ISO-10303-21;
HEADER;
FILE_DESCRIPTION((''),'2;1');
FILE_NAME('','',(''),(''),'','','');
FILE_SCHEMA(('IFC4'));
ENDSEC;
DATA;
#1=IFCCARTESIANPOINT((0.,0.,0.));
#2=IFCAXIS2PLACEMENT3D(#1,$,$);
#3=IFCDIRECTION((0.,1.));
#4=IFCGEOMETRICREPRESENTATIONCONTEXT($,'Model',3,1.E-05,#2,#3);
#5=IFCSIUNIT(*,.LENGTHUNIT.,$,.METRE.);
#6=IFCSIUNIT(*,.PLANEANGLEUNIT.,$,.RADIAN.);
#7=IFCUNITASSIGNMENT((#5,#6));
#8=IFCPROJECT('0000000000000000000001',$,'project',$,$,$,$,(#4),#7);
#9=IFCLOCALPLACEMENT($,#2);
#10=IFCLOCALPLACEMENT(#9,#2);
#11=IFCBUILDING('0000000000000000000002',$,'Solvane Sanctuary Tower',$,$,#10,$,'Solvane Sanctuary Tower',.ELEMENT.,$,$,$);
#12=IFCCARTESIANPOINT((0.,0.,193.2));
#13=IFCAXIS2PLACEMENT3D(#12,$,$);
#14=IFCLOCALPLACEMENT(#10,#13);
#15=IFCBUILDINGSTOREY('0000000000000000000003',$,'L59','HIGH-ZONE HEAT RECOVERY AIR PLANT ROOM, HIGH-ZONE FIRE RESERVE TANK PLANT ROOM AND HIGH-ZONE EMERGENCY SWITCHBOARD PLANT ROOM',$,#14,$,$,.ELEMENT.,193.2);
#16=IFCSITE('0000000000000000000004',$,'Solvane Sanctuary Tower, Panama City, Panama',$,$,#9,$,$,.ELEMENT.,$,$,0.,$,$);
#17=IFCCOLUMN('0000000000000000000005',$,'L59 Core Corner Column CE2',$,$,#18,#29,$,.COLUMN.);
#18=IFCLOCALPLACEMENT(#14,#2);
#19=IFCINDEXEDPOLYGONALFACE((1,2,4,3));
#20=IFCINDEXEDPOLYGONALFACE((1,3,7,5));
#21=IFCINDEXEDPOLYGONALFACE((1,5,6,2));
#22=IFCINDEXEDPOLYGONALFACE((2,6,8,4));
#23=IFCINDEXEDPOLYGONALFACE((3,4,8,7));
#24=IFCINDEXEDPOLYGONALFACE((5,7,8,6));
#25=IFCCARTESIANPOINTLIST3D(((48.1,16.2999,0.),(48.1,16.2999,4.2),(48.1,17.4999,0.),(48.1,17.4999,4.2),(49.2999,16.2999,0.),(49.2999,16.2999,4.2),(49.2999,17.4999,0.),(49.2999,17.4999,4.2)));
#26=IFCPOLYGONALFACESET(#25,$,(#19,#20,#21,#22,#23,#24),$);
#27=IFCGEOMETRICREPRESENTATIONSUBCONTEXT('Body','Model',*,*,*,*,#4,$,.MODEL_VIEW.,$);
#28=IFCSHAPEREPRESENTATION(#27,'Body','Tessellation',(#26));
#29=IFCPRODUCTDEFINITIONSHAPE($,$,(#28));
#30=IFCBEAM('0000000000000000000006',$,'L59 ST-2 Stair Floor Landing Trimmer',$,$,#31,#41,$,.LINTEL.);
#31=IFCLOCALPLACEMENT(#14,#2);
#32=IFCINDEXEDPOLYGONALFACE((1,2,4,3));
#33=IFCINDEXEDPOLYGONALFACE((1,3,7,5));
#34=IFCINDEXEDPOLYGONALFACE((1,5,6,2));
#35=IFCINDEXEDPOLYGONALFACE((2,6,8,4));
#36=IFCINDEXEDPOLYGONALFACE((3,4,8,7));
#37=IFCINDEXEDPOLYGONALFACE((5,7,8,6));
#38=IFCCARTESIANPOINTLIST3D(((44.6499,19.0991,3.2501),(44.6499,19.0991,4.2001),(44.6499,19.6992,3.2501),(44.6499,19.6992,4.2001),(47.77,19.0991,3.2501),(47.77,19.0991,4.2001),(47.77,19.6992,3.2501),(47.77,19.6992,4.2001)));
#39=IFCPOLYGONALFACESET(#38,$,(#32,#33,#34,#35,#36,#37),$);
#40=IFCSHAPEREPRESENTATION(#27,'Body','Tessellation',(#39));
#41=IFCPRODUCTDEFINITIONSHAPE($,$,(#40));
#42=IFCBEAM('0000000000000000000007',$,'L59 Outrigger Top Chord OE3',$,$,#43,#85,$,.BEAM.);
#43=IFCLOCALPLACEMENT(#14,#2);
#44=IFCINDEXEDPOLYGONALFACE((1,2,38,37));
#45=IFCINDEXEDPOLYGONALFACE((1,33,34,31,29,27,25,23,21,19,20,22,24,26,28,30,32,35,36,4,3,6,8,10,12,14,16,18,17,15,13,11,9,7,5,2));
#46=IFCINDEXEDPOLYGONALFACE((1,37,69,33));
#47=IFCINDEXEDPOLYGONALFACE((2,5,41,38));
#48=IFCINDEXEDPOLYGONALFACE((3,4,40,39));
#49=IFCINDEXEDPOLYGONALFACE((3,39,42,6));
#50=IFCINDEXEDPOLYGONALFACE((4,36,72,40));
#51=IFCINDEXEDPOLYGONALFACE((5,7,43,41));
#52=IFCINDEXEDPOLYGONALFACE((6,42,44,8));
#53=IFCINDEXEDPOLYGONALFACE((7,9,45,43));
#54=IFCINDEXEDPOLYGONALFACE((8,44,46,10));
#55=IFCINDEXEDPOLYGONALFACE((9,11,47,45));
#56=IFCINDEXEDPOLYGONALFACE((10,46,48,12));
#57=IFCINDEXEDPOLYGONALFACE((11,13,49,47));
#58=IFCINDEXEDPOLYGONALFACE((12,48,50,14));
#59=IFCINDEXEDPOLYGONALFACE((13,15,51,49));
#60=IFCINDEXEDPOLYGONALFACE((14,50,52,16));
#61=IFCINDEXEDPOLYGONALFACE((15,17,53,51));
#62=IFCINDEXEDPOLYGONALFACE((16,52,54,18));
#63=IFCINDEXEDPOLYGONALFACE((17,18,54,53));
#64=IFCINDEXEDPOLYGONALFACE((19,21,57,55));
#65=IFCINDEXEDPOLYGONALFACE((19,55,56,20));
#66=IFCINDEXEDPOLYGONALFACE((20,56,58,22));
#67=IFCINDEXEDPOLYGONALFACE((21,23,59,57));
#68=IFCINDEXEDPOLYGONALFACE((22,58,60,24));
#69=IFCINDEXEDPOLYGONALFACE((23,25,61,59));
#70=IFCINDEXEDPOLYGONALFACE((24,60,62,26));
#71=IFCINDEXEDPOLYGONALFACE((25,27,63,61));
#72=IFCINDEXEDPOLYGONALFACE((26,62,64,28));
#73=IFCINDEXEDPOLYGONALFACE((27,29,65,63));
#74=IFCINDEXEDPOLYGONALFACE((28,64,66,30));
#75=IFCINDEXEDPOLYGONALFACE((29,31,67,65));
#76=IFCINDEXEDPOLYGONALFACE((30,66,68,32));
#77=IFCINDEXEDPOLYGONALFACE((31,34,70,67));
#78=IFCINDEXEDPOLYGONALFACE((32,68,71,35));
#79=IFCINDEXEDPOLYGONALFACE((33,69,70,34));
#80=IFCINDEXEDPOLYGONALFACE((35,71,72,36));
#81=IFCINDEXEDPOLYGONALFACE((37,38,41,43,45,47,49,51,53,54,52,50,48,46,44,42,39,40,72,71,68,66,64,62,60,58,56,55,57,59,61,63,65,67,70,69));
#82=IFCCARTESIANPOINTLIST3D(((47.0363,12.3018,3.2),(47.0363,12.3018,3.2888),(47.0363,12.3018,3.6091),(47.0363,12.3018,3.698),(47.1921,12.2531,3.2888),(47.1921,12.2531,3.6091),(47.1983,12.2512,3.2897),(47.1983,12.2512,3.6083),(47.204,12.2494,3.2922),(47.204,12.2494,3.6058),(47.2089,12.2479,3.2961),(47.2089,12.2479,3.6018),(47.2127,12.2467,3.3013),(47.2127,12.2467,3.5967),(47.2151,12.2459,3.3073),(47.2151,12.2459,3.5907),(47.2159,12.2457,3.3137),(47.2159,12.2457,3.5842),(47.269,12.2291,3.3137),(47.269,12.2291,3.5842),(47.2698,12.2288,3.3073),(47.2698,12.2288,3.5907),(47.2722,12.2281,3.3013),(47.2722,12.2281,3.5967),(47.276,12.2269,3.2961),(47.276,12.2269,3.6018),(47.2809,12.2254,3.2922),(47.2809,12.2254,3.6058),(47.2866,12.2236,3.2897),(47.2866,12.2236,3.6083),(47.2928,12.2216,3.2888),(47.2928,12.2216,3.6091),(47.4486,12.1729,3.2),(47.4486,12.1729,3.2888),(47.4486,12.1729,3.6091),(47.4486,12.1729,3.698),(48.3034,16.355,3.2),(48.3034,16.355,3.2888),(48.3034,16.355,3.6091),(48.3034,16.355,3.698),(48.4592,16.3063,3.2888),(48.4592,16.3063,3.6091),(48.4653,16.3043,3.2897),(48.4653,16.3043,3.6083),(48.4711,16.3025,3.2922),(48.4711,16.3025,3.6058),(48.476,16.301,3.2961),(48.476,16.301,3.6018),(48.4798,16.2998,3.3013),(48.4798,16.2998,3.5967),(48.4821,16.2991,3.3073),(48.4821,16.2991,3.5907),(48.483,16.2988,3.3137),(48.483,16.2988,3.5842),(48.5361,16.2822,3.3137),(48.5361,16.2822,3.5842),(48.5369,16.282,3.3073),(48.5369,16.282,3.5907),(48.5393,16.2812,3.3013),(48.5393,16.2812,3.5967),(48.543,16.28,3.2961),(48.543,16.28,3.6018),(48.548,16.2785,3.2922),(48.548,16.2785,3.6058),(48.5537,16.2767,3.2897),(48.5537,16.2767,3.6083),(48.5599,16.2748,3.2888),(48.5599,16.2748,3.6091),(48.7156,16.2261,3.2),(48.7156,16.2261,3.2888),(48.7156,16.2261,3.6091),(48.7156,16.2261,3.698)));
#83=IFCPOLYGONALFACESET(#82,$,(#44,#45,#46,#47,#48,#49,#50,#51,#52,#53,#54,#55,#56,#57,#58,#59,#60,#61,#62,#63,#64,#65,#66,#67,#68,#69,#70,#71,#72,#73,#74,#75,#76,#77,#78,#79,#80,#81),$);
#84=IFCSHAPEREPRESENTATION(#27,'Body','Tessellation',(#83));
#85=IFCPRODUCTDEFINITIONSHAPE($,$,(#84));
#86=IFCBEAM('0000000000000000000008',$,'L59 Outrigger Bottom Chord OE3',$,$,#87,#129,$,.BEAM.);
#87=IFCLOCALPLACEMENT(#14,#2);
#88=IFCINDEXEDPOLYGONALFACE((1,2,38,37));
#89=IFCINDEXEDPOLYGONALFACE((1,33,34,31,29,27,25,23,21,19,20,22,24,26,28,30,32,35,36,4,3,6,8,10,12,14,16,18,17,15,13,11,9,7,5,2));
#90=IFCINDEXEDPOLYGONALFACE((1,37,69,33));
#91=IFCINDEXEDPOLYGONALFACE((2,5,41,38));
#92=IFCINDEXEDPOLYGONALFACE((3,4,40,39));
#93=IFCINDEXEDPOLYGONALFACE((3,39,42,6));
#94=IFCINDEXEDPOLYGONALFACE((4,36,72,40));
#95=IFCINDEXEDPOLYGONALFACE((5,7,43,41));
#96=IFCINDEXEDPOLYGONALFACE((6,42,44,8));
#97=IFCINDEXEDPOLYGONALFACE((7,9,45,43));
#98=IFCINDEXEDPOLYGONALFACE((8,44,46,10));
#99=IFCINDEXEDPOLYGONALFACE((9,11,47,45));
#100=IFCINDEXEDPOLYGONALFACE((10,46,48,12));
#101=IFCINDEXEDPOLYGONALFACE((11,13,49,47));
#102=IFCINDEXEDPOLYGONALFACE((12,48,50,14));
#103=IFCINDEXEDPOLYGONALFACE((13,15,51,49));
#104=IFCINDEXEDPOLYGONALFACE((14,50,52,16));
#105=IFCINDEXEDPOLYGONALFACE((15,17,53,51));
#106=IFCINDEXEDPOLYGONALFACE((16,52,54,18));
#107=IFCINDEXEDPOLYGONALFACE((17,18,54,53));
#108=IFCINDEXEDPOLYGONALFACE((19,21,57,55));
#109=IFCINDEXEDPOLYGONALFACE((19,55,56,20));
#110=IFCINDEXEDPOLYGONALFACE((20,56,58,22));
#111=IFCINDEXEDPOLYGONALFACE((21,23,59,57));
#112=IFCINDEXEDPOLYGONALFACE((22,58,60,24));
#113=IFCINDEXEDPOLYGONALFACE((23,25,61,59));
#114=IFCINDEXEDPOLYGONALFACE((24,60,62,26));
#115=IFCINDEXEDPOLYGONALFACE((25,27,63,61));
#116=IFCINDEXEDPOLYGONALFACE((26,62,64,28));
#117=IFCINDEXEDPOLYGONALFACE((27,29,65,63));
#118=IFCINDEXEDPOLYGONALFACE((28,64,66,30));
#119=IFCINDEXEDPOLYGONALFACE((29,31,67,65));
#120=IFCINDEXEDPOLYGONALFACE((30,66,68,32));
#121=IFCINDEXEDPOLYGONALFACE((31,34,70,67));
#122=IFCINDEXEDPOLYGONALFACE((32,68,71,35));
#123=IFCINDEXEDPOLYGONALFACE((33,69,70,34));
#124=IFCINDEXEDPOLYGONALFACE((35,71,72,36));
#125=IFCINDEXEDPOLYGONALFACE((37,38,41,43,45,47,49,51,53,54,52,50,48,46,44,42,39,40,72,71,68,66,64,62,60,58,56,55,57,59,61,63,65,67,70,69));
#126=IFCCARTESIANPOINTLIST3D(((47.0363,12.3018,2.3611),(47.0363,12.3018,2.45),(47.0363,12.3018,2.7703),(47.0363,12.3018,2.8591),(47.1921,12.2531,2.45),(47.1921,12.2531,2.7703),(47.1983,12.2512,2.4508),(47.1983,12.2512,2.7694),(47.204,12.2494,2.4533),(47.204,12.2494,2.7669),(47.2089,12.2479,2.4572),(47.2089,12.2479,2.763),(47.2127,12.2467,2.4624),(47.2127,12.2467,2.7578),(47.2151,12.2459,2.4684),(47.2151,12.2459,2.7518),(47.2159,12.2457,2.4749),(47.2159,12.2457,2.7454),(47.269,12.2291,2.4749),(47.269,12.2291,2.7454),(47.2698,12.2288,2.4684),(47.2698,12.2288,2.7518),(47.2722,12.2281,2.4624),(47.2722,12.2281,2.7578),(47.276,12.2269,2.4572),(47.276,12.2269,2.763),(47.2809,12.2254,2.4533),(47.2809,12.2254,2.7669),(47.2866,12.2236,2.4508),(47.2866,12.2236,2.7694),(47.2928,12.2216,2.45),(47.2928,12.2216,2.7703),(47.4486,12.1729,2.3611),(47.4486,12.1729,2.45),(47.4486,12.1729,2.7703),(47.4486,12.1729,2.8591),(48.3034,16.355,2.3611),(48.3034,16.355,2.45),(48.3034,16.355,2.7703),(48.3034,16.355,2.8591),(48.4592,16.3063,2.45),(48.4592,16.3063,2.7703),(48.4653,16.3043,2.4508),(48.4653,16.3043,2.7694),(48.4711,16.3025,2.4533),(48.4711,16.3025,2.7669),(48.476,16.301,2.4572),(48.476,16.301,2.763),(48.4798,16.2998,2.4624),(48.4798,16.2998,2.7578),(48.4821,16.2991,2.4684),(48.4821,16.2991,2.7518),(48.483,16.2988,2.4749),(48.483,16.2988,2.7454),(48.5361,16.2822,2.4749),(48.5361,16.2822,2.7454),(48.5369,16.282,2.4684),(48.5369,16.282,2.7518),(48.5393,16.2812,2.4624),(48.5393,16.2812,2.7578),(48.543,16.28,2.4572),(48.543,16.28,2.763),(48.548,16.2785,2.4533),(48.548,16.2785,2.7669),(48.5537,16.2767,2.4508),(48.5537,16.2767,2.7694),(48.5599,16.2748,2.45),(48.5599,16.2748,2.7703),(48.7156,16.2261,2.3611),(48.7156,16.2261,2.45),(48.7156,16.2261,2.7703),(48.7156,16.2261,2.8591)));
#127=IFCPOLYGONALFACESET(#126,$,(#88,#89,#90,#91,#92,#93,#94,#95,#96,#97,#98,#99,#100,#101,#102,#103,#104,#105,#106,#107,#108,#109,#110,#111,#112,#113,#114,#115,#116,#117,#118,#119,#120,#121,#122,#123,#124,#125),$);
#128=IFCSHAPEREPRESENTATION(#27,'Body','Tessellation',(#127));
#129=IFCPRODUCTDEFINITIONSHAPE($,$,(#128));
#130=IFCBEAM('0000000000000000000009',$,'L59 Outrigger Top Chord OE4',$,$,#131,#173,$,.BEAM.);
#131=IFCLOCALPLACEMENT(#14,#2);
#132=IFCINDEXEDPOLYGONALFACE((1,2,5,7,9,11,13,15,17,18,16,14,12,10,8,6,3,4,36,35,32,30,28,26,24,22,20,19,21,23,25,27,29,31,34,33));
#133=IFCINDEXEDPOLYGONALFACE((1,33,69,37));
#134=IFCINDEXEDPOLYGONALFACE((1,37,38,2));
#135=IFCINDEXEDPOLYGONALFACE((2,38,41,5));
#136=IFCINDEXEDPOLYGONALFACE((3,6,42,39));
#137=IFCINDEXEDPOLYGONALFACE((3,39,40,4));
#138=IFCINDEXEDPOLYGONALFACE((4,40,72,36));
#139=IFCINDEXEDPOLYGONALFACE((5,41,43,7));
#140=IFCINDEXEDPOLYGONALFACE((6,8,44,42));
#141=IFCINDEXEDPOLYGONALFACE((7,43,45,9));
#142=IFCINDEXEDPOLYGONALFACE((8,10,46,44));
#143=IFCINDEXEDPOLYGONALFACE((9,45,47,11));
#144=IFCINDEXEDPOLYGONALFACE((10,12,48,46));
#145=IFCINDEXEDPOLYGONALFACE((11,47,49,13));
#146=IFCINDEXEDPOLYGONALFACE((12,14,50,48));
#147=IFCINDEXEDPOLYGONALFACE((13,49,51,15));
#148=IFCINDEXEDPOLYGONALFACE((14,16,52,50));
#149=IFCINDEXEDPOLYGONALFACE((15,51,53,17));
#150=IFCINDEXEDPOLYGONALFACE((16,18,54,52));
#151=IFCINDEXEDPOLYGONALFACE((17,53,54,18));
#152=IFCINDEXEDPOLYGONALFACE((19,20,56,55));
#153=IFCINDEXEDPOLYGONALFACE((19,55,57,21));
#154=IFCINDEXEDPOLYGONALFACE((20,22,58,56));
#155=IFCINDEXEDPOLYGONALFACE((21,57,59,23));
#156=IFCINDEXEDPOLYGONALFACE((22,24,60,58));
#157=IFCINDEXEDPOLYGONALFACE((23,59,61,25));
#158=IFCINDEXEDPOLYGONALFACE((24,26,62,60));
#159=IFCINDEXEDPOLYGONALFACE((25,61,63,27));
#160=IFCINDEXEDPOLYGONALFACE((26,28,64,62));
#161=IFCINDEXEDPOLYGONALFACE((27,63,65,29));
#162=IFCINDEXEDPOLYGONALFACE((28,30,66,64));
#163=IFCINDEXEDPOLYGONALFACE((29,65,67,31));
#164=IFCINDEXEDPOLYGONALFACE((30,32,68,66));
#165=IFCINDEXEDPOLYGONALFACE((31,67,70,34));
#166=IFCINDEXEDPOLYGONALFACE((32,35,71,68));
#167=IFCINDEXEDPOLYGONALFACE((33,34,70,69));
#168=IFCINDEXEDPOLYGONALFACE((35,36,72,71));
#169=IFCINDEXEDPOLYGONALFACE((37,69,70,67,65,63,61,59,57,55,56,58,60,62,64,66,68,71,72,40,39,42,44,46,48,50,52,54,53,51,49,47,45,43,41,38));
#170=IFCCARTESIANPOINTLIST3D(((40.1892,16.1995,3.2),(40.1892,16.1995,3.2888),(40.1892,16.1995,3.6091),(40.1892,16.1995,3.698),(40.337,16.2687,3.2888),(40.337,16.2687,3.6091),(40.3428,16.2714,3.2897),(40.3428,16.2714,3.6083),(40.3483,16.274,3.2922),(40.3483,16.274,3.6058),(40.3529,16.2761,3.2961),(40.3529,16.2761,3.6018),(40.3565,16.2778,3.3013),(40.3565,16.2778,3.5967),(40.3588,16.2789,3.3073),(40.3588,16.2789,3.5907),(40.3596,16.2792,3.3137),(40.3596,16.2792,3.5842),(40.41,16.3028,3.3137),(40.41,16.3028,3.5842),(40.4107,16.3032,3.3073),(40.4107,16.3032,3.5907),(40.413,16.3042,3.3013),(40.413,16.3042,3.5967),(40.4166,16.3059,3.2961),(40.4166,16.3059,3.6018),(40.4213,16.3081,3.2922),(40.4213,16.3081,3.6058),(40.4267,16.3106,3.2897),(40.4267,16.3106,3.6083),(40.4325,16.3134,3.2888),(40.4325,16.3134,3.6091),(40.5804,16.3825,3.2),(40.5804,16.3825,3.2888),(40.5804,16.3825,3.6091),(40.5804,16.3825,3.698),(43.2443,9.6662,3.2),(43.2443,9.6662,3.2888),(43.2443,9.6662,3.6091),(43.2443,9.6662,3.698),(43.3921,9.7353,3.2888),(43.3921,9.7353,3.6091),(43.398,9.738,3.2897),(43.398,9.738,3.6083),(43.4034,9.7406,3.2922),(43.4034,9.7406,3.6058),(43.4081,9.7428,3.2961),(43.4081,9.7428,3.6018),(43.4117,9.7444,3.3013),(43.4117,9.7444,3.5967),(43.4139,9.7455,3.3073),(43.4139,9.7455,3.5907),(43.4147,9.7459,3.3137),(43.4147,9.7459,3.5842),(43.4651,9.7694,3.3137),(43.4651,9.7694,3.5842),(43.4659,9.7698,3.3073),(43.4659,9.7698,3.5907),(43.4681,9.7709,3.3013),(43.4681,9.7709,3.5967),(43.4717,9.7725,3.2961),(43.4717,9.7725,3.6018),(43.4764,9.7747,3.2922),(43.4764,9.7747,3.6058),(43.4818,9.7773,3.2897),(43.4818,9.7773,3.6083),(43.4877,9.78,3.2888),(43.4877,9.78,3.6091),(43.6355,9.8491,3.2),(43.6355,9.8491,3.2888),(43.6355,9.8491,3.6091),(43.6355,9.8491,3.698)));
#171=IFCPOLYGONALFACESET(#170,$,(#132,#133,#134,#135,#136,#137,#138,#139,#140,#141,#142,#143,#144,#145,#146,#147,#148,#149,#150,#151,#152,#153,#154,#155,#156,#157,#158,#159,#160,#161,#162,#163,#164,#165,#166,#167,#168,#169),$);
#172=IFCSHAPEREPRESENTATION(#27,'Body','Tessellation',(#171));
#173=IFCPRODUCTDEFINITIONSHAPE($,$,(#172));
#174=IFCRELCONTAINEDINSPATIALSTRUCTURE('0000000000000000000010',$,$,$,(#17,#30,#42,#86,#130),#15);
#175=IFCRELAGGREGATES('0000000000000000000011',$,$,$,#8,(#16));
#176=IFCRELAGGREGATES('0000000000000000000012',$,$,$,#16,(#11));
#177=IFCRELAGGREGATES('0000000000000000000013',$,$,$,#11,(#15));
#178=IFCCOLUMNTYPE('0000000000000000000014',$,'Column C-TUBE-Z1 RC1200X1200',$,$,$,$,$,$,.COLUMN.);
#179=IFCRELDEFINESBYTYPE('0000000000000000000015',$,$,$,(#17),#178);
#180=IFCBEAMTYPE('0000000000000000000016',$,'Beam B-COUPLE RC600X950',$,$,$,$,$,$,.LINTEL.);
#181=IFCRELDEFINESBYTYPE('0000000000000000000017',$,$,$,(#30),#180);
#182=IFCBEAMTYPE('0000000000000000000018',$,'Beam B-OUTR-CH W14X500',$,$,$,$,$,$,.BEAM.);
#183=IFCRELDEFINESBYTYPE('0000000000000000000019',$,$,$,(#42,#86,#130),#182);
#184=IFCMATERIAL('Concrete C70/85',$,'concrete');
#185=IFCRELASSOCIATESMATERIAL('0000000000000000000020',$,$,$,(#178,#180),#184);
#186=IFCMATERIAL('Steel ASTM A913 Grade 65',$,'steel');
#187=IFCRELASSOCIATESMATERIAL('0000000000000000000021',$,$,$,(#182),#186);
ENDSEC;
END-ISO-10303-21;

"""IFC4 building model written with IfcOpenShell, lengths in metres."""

from ifc_helpers import new_model, si_unit, direction, frame, origin, origin_2d, place, context, subcontext, project, spatial, rectangle, i_section, extrude, material, material_profile, profile_set, type_object, element, save


model = new_model("IFC4")

# Units and contexts
model_context = context("Model", 3, precision=1e-05, world=origin(), true_north=direction((0.0, 1.0)))
body_context = subcontext(model_context, "Body", "Model", "MODEL_VIEW")
ifc_project = project(units=[si_unit("LENGTHUNIT", "METRE"), si_unit("PLANEANGLEUNIT", "RADIAN")], contexts=[model_context])

# Site, building, storey
site_placement = place(None, origin())
site = spatial("IfcSite", under=ifc_project, at=site_placement, Name="Solvane Sanctuary Tower, Panama City, Panama", CompositionType="ELEMENT", RefElevation=0.0)
building_placement = place(site_placement, origin())
building = spatial("IfcBuilding", under=site, at=building_placement, Name="Solvane Sanctuary Tower", LongName="Solvane Sanctuary Tower", CompositionType="ELEMENT")
storey_placement = place(building_placement, frame((0.0, 0.0, 193.2)))
storey = spatial("IfcBuildingStorey", under=building, at=storey_placement, Name="L59", Description="HIGH-ZONE HEAT RECOVERY AIR PLANT ROOM, HIGH-ZONE FIRE RESERVE TANK PLANT ROOM AND HIGH-ZONE EMERGENCY SWITCHBOARD PLANT ROOM", CompositionType="ELEMENT", Elevation=193.2)

# Column
ifc_material_1 = material(Name="Concrete C70/85", Category="concrete")
ifc_material_profile_1 = material_profile(ifc_material_1, rectangle(XDim=1.2, YDim=1.2, at=origin_2d()), Name="RC1200X1200")
ifc_profile_set_1 = profile_set([ifc_material_profile_1], Name="Concrete C70/85")
column_type = type_object("IfcColumnType", Name="Column C-TUBE-Z1 RC1200X1200", PredefinedType="COLUMN", material=ifc_profile_set_1)
column_placement = place(storey_placement, frame((48.7, 16.8999, 0.0), z_axis=(0.0, 0.0, 1.0), x_axis=(1.0, 0.0, 0.0)))
element("IfcColumn", 1, at=column_placement, inside=storey, type_object=column_type, Name="L59 Core Corner Column CE2", PredefinedType="COLUMN", context=body_context, shape_type="SweptSolid", body=[
    extrude(rectangle(XDim=1.2, YDim=1.2, at=origin_2d()), origin(), (0.0, 0.0, 1.0), 4.2),
])

# Beams
ifc_material_profile_2 = material_profile(ifc_material_1, rectangle(XDim=0.6001, YDim=0.95, at=origin_2d()), Name="RC600X950")
ifc_profile_set_2 = profile_set([ifc_material_profile_2], Name="Concrete C70/85")
beam_type_1 = type_object("IfcBeamType", Name="Beam B-COUPLE RC600X950", PredefinedType="LINTEL", material=ifc_profile_set_2)
beam_placement = place(storey_placement, frame((44.6499, 19.3992, 3.7251), z_axis=(1.0, 0.0, 0.0), x_axis=(0.0, 1.0, 0.0)))
element("IfcBeam", 2, at=beam_placement, inside=storey, type_object=beam_type_1, Name="L59 ST-2 Stair Floor Landing Trimmer", PredefinedType="LINTEL", context=body_context, shape_type="SweptSolid", body=[
    extrude(rectangle(XDim=0.6001, YDim=0.95, at=origin_2d()), origin(), (0.0, 0.0, 1.0), 3.1201),
])
ifc_material_2 = material(Name="Steel ASTM A913 Grade 65", Category="steel")
ifc_material_profile_3 = material_profile(ifc_material_2, i_section(OverallWidth=0.4319, OverallDepth=0.498, WebThickness=0.0557, FlangeThickness=0.0889, FilletRadius=0.0249, at=origin_2d()), Name="W14X500")
ifc_profile_set_3 = profile_set([ifc_material_profile_3], Name="Steel ASTM A913 Grade 65")
beam_type_2 = type_object("IfcBeamType", Name="Beam B-OUTR-CH W14X500", PredefinedType="BEAM", material=ifc_profile_set_3)
for number, where, z_axis, x_axis, name in (
    (3, (48.5095, 16.2905, 3.449), (-0.298373, -0.954449, 0.0), (0.954449, -0.298373, 0.0), "L59 Outrigger Top Chord OE3"),
    (4, (48.5095, 16.2905, 2.6101), (-0.298373, -0.954449, 0.0), (0.954449, -0.298373, 0.0), "L59 Outrigger Bottom Chord OE3"),
):
    element("IfcBeam", number, at=place(storey_placement, frame(where, z_axis=z_axis, x_axis=x_axis)), inside=storey, type_object=beam_type_2, Name=name, PredefinedType="BEAM", context=body_context, shape_type="SweptSolid", body=[
        extrude(i_section(OverallWidth=0.4319, OverallDepth=0.498, WebThickness=0.0557, FlangeThickness=0.0889, FilletRadius=0.0249, at=origin_2d()), origin(), (0.0, 0.0, 1.0), 4.2466),
    ])
for number, where, z_axis, x_axis, name in (
    (5, (40.3848, 16.291, 3.449), (0.423595, -0.905852, 0.0), (0.905852, 0.423595, 0.0), "L59 Outrigger Top Chord OE4"),
):
    element("IfcBeam", number, at=place(storey_placement, frame(where, z_axis=z_axis, x_axis=x_axis)), inside=storey, type_object=beam_type_2, Name=name, PredefinedType="BEAM", context=body_context, shape_type="SweptSolid", body=[
        extrude(i_section(OverallWidth=0.4319, OverallDepth=0.498, WebThickness=0.0557, FlangeThickness=0.0889, FilletRadius=0.0249, at=origin_2d()), origin(), (0.0, 0.0, 1.0), 7.2124),
    ])

save(model, "model.ifc")
